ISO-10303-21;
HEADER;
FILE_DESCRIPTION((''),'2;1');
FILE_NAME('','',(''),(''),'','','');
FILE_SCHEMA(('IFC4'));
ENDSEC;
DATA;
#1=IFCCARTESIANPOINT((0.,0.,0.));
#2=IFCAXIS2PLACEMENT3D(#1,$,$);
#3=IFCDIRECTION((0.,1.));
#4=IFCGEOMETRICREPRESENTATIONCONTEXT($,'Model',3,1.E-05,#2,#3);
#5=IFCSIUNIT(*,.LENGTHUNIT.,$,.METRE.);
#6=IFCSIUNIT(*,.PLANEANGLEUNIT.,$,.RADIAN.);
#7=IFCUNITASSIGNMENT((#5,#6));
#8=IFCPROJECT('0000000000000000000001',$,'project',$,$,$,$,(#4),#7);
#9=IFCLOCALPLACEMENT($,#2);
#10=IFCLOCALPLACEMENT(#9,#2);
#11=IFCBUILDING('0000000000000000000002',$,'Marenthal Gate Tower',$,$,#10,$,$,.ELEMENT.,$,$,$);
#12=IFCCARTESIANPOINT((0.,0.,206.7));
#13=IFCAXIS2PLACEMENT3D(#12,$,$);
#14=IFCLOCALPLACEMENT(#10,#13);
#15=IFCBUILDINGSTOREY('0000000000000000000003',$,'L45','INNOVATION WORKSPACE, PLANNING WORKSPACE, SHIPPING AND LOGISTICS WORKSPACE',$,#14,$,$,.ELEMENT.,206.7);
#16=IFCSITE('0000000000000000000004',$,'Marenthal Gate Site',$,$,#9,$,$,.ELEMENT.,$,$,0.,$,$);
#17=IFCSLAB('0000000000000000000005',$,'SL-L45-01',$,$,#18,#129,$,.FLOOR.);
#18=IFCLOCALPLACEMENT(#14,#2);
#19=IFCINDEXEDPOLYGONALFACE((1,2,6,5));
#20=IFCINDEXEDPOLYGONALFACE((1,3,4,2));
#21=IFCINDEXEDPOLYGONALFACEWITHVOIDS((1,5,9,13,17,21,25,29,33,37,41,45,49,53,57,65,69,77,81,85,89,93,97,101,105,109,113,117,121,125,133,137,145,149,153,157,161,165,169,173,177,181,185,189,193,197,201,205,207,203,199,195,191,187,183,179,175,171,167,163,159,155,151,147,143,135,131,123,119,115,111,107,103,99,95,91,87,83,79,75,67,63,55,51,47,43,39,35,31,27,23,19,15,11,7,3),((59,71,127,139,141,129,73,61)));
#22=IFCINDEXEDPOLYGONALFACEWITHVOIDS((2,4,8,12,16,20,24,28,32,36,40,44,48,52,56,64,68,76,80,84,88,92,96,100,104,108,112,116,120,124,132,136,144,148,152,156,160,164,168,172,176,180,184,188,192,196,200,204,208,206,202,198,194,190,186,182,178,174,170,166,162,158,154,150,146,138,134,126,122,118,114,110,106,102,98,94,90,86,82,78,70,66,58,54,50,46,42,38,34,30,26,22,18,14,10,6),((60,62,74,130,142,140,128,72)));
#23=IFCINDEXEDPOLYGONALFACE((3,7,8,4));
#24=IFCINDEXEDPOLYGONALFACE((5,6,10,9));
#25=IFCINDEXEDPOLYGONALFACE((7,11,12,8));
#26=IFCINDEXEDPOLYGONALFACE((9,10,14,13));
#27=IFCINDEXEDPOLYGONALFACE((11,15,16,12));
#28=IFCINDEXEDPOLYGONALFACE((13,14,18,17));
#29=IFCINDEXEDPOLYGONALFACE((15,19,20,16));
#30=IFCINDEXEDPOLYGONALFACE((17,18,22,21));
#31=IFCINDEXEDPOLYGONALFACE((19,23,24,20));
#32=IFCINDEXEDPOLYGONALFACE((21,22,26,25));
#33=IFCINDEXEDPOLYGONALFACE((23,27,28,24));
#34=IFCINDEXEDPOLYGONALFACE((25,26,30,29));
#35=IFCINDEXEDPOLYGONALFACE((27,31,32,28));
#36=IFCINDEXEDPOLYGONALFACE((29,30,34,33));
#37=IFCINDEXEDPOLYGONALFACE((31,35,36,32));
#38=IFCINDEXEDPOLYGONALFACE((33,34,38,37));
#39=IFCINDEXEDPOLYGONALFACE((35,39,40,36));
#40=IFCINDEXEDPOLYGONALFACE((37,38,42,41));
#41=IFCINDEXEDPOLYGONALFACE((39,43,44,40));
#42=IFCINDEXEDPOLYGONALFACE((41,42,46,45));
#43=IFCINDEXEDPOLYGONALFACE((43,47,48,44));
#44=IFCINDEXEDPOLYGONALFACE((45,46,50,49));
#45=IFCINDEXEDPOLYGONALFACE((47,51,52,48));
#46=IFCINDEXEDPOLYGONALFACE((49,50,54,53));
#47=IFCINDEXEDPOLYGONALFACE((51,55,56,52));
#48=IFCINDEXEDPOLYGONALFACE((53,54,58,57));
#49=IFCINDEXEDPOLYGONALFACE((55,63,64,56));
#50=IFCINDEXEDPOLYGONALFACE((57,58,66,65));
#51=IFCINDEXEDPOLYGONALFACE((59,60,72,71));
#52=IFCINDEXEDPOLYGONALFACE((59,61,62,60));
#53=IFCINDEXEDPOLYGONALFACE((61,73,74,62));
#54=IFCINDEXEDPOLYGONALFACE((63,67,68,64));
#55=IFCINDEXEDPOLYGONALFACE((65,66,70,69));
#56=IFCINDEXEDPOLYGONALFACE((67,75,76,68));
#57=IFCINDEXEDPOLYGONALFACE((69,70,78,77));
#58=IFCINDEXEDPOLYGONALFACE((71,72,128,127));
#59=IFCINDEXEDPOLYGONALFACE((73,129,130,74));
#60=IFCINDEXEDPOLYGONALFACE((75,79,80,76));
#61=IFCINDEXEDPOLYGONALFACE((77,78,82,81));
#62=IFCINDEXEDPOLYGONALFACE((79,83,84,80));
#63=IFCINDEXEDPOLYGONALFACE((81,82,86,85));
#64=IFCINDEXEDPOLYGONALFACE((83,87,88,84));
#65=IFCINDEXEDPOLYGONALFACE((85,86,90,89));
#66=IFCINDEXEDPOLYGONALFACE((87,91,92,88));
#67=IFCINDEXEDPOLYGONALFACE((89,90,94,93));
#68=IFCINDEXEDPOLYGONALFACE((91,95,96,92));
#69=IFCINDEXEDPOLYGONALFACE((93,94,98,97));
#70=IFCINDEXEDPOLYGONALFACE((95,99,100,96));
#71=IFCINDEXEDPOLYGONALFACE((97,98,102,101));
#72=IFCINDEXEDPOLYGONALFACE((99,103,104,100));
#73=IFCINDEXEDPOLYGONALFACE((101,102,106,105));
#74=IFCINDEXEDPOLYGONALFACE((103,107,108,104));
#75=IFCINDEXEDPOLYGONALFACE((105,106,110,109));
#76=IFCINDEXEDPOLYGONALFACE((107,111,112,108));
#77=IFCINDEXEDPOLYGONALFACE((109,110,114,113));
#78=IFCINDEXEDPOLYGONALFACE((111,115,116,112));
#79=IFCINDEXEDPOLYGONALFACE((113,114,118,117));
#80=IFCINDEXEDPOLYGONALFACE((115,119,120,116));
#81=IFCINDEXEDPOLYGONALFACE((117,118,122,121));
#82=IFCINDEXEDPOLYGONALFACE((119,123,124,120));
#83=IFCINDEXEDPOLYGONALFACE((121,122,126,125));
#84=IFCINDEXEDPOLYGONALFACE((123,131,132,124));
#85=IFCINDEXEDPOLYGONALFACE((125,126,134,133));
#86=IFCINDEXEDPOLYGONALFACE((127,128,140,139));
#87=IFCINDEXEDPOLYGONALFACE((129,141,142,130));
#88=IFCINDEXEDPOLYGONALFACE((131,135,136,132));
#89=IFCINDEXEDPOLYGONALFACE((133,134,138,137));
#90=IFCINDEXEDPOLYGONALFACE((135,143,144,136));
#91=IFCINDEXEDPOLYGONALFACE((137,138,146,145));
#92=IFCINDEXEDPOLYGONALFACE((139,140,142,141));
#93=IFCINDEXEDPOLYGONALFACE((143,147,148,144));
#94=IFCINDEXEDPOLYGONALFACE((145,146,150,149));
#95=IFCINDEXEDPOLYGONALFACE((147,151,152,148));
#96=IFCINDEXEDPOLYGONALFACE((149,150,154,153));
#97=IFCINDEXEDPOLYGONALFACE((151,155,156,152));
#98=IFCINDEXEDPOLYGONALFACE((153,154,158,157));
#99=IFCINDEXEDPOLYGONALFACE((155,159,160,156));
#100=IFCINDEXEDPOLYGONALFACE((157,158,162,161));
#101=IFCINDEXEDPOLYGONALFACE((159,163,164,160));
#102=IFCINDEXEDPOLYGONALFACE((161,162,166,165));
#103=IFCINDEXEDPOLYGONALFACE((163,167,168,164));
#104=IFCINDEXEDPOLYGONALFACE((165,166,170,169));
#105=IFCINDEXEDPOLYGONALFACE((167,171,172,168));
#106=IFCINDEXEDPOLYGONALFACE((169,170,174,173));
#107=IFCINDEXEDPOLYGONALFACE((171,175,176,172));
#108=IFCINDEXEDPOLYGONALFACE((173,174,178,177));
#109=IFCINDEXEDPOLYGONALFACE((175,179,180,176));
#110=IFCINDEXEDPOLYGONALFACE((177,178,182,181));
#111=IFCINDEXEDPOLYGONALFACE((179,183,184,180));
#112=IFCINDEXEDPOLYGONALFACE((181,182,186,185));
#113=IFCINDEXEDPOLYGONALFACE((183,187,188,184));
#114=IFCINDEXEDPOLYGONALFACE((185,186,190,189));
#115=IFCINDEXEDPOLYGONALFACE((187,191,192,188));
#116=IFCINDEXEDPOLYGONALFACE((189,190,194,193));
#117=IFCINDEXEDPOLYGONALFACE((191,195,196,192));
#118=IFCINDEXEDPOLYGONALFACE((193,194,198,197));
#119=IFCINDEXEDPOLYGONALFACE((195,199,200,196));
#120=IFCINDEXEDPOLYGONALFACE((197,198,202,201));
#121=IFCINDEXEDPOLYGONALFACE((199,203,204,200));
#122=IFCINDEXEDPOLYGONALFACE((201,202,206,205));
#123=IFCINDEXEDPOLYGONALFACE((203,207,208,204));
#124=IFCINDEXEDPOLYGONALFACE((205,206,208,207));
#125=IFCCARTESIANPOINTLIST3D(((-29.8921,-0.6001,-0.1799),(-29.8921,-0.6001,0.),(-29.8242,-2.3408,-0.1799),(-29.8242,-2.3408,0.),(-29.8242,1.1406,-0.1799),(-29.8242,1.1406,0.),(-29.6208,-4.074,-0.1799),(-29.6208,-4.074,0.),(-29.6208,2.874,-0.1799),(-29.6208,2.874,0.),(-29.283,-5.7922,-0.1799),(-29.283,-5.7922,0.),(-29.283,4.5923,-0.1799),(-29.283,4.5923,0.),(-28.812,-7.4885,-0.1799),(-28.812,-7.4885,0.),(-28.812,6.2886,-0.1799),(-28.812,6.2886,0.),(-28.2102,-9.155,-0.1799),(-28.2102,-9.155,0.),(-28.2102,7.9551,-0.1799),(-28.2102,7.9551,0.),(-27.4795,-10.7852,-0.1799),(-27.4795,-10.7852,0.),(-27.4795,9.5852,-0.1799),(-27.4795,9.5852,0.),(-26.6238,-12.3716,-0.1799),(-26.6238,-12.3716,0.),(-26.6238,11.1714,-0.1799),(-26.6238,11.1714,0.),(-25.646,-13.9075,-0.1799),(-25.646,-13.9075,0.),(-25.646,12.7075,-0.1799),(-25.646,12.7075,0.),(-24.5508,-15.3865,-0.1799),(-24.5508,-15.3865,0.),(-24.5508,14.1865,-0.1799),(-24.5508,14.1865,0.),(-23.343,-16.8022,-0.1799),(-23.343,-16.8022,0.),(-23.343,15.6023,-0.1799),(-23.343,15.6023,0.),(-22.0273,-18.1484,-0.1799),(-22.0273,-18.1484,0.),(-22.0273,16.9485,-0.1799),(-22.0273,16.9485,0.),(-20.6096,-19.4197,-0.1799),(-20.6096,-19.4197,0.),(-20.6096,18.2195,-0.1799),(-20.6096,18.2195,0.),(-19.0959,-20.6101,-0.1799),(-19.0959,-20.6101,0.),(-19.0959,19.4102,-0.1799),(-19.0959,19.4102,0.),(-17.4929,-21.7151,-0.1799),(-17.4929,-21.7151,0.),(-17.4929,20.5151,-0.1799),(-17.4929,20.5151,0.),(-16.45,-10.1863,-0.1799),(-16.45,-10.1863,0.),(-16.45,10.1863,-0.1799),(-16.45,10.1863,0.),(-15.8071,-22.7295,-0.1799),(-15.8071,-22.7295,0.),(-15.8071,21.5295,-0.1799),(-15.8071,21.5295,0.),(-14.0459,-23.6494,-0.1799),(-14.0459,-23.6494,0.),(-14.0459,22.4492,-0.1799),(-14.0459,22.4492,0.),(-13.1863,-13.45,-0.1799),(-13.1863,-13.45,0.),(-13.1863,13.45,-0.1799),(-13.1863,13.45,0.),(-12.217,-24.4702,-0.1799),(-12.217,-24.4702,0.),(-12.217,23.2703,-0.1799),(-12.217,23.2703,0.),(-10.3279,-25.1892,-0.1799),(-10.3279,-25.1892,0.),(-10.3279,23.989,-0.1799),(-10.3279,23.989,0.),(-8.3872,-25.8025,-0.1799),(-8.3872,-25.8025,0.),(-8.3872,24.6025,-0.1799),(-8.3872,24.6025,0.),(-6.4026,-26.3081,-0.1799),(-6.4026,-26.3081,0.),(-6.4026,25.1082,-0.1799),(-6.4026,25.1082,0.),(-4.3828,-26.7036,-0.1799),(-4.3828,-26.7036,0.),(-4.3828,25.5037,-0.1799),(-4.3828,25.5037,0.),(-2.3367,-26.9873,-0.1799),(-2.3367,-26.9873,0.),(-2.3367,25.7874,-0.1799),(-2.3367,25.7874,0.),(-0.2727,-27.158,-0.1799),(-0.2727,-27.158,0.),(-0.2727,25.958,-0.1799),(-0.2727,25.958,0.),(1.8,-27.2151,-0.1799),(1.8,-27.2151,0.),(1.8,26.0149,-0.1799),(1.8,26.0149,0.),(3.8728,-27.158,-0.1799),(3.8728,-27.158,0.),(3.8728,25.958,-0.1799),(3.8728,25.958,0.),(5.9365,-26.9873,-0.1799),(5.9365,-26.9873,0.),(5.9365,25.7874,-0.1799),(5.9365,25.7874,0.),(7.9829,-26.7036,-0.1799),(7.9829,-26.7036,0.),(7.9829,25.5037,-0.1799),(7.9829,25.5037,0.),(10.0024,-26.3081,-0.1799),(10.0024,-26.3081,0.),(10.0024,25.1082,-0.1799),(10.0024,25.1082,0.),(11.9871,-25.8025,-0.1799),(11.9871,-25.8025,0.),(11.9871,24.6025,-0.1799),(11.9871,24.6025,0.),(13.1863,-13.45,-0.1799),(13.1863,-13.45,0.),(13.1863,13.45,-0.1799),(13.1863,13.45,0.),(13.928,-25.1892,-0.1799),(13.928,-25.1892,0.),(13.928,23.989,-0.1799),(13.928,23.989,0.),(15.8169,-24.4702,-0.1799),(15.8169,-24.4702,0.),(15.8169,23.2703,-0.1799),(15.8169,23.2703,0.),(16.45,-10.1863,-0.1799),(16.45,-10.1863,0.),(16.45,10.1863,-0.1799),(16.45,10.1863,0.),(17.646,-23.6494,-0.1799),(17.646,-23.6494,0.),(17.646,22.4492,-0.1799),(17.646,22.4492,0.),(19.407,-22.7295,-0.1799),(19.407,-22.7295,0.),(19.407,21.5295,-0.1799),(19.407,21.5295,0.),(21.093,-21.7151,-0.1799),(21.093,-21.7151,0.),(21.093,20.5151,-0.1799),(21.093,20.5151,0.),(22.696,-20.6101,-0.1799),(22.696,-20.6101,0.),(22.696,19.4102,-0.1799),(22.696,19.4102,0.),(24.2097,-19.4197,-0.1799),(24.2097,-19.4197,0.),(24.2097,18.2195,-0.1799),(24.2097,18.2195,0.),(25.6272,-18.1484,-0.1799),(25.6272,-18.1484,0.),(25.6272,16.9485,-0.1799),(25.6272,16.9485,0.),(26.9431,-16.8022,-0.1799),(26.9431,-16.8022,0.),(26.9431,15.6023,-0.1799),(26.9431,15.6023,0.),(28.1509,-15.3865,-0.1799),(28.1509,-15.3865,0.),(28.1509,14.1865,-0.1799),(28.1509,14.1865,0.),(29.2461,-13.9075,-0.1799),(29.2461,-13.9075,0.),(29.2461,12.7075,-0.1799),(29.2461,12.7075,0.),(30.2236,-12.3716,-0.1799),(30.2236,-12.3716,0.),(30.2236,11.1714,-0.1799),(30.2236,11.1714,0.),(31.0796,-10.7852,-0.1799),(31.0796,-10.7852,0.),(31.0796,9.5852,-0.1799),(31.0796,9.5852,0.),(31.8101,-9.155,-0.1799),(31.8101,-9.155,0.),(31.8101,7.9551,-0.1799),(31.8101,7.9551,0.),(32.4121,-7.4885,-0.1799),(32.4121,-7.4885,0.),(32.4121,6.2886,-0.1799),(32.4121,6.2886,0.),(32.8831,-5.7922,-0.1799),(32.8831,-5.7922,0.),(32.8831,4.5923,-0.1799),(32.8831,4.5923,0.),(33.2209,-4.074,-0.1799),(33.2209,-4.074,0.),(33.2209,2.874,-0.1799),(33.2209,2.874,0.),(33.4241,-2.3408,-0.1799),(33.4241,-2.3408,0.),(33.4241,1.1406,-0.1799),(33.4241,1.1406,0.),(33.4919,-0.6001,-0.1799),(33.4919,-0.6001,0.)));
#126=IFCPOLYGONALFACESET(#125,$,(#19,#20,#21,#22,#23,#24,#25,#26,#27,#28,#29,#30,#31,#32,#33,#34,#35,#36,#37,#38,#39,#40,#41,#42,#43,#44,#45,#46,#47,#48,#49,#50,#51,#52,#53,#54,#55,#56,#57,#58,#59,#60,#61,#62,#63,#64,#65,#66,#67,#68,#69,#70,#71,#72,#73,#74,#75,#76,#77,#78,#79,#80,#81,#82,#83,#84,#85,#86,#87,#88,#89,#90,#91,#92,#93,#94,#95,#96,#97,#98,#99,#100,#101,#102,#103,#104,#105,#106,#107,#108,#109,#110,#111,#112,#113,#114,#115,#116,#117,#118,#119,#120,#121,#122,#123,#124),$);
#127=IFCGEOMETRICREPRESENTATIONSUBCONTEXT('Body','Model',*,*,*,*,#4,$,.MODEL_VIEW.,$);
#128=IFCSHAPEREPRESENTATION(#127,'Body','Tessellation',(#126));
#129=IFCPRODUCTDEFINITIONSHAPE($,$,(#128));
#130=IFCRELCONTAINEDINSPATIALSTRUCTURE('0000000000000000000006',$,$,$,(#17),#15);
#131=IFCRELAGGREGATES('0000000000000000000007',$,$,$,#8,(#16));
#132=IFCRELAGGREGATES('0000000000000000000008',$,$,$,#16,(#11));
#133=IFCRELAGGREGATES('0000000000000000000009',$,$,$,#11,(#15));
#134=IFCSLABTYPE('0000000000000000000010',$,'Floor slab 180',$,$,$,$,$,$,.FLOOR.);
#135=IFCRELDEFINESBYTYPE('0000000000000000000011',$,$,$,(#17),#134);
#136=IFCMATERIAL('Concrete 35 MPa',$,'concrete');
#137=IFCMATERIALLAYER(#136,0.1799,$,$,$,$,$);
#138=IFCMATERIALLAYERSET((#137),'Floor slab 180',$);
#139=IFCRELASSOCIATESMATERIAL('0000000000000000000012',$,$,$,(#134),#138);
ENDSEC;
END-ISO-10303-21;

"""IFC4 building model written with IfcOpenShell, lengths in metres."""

from ifc_helpers import new_model, si_unit, direction, frame, origin, place, context, subcontext, project, spatial, polyline, outline, extrude, material, layer, layer_set, type_object, element, save


model = new_model("IFC4")

# Units and contexts
model_context = context("Model", 3, precision=1e-05, world=origin(), true_north=direction((0.0, 1.0)))
body_context = subcontext(model_context, "Body", "Model", "MODEL_VIEW")
ifc_project = project(units=[si_unit("LENGTHUNIT", "METRE"), si_unit("PLANEANGLEUNIT", "RADIAN")], contexts=[model_context])

# Site, building, storey
site_placement = place(None, origin())
site = spatial("IfcSite", under=ifc_project, at=site_placement, Name="Marenthal Gate Site", CompositionType="ELEMENT", RefElevation=0.0)
building_placement = place(site_placement, origin())
building = spatial("IfcBuilding", under=site, at=building_placement, Name="Marenthal Gate Tower", CompositionType="ELEMENT")
storey_placement = place(building_placement, frame((0.0, 0.0, 206.7)))
storey = spatial("IfcBuildingStorey", under=building, at=storey_placement, Name="L45", Description="INNOVATION WORKSPACE, PLANNING WORKSPACE, SHIPPING AND LOGISTICS WORKSPACE", CompositionType="ELEMENT", Elevation=206.7)

# Slab
ifc_material_1 = material(Name="Concrete 35 MPa", Category="concrete")
ifc_layer_1 = layer(ifc_material_1, 0.1799)
ifc_layer_set_1 = layer_set([ifc_layer_1], Name="Floor slab 180")
slab_type = type_object("IfcSlabType", Name="Floor slab 180", PredefinedType="FLOOR", material=ifc_layer_set_1)
slab_placement = place(storey_placement, frame((0.0, 0.0, -0.1799)))
element("IfcSlab", 1, at=slab_placement, inside=storey, type_object=slab_type, Name="SL-L45-01", PredefinedType="FLOOR", context=body_context, shape_type="SweptSolid", body=[
    extrude(outline(polyline([(33.4919, -0.6001), (33.4241, 1.1406), (33.2209, 2.874), (32.8831, 4.5923), (32.4121, 6.2886), (31.8101, 7.9551), (31.0796, 9.5852), (30.2236, 11.1714), (29.2461, 12.7075), (28.1509, 14.1865), (26.9431, 15.6023), (25.6272, 16.9485), (24.2097, 18.2195), (22.696, 19.4102), (21.093, 20.5151), (19.407, 21.5295), (17.646, 22.4492), (15.8169, 23.2703), (13.928, 23.989), (11.9871, 24.6025), (10.0024, 25.1082), (7.9829, 25.5037), (5.9365, 25.7874), (3.8728, 25.958), (1.8, 26.0149), (-0.2727, 25.958), (-2.3367, 25.7874), (-4.3828, 25.5037), (-6.4026, 25.1082), (-8.3872, 24.6025), (-10.3279, 23.989), (-12.217, 23.2703), (-14.0459, 22.4492), (-15.8071, 21.5295), (-17.4929, 20.5151), (-19.0959, 19.4102), (-20.6096, 18.2195), (-22.0273, 16.9485), (-23.343, 15.6023), (-24.5508, 14.1865), (-25.646, 12.7075), (-26.6238, 11.1714), (-27.4795, 9.5852), (-28.2102, 7.9551), (-28.812, 6.2886), (-29.283, 4.5923), (-29.6208, 2.874), (-29.8242, 1.1406), (-29.8921, -0.6001), (-29.8242, -2.3408), (-29.6208, -4.074), (-29.283, -5.7922), (-28.812, -7.4885), (-28.2102, -9.155), (-27.4795, -10.7852), (-26.6238, -12.3716), (-25.646, -13.9075), (-24.5508, -15.3865), (-23.343, -16.8022), (-22.0273, -18.1484), (-20.6096, -19.4197), (-19.0959, -20.6101), (-17.4929, -21.7151), (-15.8071, -22.7295), (-14.0459, -23.6494), (-12.217, -24.4702), (-10.3279, -25.1892), (-8.3872, -25.8025), (-6.4026, -26.3081), (-4.3828, -26.7036), (-2.3367, -26.9873), (-0.2727, -27.158), (1.8, -27.2151), (3.8728, -27.158), (5.9365, -26.9873), (7.9829, -26.7036), (10.0024, -26.3081), (11.9871, -25.8025), (13.928, -25.1892), (15.8169, -24.4702), (17.646, -23.6494), (19.407, -22.7295), (21.093, -21.7151), (22.696, -20.6101), (24.2097, -19.4197), (25.6272, -18.1484), (26.9431, -16.8022), (28.1509, -15.3865), (29.2461, -13.9075), (30.2236, -12.3716), (31.0796, -10.7852), (31.8101, -9.155), (32.4121, -7.4885), (32.8831, -5.7922), (33.2209, -4.074), (33.4241, -2.3408), (33.4919, -0.6001)]), holes=[polyline([(13.1863, -13.45), (16.45, -10.1863), (16.45, 10.1863), (13.1863, 13.45), (-13.1863, 13.45), (-16.45, 10.1863), (-16.45, -10.1863), (-13.1863, -13.45), (13.1863, -13.45)])]), origin(), (0.0, 0.0, 1.0), 0.1799),
])

save(model, "model.ifc")
